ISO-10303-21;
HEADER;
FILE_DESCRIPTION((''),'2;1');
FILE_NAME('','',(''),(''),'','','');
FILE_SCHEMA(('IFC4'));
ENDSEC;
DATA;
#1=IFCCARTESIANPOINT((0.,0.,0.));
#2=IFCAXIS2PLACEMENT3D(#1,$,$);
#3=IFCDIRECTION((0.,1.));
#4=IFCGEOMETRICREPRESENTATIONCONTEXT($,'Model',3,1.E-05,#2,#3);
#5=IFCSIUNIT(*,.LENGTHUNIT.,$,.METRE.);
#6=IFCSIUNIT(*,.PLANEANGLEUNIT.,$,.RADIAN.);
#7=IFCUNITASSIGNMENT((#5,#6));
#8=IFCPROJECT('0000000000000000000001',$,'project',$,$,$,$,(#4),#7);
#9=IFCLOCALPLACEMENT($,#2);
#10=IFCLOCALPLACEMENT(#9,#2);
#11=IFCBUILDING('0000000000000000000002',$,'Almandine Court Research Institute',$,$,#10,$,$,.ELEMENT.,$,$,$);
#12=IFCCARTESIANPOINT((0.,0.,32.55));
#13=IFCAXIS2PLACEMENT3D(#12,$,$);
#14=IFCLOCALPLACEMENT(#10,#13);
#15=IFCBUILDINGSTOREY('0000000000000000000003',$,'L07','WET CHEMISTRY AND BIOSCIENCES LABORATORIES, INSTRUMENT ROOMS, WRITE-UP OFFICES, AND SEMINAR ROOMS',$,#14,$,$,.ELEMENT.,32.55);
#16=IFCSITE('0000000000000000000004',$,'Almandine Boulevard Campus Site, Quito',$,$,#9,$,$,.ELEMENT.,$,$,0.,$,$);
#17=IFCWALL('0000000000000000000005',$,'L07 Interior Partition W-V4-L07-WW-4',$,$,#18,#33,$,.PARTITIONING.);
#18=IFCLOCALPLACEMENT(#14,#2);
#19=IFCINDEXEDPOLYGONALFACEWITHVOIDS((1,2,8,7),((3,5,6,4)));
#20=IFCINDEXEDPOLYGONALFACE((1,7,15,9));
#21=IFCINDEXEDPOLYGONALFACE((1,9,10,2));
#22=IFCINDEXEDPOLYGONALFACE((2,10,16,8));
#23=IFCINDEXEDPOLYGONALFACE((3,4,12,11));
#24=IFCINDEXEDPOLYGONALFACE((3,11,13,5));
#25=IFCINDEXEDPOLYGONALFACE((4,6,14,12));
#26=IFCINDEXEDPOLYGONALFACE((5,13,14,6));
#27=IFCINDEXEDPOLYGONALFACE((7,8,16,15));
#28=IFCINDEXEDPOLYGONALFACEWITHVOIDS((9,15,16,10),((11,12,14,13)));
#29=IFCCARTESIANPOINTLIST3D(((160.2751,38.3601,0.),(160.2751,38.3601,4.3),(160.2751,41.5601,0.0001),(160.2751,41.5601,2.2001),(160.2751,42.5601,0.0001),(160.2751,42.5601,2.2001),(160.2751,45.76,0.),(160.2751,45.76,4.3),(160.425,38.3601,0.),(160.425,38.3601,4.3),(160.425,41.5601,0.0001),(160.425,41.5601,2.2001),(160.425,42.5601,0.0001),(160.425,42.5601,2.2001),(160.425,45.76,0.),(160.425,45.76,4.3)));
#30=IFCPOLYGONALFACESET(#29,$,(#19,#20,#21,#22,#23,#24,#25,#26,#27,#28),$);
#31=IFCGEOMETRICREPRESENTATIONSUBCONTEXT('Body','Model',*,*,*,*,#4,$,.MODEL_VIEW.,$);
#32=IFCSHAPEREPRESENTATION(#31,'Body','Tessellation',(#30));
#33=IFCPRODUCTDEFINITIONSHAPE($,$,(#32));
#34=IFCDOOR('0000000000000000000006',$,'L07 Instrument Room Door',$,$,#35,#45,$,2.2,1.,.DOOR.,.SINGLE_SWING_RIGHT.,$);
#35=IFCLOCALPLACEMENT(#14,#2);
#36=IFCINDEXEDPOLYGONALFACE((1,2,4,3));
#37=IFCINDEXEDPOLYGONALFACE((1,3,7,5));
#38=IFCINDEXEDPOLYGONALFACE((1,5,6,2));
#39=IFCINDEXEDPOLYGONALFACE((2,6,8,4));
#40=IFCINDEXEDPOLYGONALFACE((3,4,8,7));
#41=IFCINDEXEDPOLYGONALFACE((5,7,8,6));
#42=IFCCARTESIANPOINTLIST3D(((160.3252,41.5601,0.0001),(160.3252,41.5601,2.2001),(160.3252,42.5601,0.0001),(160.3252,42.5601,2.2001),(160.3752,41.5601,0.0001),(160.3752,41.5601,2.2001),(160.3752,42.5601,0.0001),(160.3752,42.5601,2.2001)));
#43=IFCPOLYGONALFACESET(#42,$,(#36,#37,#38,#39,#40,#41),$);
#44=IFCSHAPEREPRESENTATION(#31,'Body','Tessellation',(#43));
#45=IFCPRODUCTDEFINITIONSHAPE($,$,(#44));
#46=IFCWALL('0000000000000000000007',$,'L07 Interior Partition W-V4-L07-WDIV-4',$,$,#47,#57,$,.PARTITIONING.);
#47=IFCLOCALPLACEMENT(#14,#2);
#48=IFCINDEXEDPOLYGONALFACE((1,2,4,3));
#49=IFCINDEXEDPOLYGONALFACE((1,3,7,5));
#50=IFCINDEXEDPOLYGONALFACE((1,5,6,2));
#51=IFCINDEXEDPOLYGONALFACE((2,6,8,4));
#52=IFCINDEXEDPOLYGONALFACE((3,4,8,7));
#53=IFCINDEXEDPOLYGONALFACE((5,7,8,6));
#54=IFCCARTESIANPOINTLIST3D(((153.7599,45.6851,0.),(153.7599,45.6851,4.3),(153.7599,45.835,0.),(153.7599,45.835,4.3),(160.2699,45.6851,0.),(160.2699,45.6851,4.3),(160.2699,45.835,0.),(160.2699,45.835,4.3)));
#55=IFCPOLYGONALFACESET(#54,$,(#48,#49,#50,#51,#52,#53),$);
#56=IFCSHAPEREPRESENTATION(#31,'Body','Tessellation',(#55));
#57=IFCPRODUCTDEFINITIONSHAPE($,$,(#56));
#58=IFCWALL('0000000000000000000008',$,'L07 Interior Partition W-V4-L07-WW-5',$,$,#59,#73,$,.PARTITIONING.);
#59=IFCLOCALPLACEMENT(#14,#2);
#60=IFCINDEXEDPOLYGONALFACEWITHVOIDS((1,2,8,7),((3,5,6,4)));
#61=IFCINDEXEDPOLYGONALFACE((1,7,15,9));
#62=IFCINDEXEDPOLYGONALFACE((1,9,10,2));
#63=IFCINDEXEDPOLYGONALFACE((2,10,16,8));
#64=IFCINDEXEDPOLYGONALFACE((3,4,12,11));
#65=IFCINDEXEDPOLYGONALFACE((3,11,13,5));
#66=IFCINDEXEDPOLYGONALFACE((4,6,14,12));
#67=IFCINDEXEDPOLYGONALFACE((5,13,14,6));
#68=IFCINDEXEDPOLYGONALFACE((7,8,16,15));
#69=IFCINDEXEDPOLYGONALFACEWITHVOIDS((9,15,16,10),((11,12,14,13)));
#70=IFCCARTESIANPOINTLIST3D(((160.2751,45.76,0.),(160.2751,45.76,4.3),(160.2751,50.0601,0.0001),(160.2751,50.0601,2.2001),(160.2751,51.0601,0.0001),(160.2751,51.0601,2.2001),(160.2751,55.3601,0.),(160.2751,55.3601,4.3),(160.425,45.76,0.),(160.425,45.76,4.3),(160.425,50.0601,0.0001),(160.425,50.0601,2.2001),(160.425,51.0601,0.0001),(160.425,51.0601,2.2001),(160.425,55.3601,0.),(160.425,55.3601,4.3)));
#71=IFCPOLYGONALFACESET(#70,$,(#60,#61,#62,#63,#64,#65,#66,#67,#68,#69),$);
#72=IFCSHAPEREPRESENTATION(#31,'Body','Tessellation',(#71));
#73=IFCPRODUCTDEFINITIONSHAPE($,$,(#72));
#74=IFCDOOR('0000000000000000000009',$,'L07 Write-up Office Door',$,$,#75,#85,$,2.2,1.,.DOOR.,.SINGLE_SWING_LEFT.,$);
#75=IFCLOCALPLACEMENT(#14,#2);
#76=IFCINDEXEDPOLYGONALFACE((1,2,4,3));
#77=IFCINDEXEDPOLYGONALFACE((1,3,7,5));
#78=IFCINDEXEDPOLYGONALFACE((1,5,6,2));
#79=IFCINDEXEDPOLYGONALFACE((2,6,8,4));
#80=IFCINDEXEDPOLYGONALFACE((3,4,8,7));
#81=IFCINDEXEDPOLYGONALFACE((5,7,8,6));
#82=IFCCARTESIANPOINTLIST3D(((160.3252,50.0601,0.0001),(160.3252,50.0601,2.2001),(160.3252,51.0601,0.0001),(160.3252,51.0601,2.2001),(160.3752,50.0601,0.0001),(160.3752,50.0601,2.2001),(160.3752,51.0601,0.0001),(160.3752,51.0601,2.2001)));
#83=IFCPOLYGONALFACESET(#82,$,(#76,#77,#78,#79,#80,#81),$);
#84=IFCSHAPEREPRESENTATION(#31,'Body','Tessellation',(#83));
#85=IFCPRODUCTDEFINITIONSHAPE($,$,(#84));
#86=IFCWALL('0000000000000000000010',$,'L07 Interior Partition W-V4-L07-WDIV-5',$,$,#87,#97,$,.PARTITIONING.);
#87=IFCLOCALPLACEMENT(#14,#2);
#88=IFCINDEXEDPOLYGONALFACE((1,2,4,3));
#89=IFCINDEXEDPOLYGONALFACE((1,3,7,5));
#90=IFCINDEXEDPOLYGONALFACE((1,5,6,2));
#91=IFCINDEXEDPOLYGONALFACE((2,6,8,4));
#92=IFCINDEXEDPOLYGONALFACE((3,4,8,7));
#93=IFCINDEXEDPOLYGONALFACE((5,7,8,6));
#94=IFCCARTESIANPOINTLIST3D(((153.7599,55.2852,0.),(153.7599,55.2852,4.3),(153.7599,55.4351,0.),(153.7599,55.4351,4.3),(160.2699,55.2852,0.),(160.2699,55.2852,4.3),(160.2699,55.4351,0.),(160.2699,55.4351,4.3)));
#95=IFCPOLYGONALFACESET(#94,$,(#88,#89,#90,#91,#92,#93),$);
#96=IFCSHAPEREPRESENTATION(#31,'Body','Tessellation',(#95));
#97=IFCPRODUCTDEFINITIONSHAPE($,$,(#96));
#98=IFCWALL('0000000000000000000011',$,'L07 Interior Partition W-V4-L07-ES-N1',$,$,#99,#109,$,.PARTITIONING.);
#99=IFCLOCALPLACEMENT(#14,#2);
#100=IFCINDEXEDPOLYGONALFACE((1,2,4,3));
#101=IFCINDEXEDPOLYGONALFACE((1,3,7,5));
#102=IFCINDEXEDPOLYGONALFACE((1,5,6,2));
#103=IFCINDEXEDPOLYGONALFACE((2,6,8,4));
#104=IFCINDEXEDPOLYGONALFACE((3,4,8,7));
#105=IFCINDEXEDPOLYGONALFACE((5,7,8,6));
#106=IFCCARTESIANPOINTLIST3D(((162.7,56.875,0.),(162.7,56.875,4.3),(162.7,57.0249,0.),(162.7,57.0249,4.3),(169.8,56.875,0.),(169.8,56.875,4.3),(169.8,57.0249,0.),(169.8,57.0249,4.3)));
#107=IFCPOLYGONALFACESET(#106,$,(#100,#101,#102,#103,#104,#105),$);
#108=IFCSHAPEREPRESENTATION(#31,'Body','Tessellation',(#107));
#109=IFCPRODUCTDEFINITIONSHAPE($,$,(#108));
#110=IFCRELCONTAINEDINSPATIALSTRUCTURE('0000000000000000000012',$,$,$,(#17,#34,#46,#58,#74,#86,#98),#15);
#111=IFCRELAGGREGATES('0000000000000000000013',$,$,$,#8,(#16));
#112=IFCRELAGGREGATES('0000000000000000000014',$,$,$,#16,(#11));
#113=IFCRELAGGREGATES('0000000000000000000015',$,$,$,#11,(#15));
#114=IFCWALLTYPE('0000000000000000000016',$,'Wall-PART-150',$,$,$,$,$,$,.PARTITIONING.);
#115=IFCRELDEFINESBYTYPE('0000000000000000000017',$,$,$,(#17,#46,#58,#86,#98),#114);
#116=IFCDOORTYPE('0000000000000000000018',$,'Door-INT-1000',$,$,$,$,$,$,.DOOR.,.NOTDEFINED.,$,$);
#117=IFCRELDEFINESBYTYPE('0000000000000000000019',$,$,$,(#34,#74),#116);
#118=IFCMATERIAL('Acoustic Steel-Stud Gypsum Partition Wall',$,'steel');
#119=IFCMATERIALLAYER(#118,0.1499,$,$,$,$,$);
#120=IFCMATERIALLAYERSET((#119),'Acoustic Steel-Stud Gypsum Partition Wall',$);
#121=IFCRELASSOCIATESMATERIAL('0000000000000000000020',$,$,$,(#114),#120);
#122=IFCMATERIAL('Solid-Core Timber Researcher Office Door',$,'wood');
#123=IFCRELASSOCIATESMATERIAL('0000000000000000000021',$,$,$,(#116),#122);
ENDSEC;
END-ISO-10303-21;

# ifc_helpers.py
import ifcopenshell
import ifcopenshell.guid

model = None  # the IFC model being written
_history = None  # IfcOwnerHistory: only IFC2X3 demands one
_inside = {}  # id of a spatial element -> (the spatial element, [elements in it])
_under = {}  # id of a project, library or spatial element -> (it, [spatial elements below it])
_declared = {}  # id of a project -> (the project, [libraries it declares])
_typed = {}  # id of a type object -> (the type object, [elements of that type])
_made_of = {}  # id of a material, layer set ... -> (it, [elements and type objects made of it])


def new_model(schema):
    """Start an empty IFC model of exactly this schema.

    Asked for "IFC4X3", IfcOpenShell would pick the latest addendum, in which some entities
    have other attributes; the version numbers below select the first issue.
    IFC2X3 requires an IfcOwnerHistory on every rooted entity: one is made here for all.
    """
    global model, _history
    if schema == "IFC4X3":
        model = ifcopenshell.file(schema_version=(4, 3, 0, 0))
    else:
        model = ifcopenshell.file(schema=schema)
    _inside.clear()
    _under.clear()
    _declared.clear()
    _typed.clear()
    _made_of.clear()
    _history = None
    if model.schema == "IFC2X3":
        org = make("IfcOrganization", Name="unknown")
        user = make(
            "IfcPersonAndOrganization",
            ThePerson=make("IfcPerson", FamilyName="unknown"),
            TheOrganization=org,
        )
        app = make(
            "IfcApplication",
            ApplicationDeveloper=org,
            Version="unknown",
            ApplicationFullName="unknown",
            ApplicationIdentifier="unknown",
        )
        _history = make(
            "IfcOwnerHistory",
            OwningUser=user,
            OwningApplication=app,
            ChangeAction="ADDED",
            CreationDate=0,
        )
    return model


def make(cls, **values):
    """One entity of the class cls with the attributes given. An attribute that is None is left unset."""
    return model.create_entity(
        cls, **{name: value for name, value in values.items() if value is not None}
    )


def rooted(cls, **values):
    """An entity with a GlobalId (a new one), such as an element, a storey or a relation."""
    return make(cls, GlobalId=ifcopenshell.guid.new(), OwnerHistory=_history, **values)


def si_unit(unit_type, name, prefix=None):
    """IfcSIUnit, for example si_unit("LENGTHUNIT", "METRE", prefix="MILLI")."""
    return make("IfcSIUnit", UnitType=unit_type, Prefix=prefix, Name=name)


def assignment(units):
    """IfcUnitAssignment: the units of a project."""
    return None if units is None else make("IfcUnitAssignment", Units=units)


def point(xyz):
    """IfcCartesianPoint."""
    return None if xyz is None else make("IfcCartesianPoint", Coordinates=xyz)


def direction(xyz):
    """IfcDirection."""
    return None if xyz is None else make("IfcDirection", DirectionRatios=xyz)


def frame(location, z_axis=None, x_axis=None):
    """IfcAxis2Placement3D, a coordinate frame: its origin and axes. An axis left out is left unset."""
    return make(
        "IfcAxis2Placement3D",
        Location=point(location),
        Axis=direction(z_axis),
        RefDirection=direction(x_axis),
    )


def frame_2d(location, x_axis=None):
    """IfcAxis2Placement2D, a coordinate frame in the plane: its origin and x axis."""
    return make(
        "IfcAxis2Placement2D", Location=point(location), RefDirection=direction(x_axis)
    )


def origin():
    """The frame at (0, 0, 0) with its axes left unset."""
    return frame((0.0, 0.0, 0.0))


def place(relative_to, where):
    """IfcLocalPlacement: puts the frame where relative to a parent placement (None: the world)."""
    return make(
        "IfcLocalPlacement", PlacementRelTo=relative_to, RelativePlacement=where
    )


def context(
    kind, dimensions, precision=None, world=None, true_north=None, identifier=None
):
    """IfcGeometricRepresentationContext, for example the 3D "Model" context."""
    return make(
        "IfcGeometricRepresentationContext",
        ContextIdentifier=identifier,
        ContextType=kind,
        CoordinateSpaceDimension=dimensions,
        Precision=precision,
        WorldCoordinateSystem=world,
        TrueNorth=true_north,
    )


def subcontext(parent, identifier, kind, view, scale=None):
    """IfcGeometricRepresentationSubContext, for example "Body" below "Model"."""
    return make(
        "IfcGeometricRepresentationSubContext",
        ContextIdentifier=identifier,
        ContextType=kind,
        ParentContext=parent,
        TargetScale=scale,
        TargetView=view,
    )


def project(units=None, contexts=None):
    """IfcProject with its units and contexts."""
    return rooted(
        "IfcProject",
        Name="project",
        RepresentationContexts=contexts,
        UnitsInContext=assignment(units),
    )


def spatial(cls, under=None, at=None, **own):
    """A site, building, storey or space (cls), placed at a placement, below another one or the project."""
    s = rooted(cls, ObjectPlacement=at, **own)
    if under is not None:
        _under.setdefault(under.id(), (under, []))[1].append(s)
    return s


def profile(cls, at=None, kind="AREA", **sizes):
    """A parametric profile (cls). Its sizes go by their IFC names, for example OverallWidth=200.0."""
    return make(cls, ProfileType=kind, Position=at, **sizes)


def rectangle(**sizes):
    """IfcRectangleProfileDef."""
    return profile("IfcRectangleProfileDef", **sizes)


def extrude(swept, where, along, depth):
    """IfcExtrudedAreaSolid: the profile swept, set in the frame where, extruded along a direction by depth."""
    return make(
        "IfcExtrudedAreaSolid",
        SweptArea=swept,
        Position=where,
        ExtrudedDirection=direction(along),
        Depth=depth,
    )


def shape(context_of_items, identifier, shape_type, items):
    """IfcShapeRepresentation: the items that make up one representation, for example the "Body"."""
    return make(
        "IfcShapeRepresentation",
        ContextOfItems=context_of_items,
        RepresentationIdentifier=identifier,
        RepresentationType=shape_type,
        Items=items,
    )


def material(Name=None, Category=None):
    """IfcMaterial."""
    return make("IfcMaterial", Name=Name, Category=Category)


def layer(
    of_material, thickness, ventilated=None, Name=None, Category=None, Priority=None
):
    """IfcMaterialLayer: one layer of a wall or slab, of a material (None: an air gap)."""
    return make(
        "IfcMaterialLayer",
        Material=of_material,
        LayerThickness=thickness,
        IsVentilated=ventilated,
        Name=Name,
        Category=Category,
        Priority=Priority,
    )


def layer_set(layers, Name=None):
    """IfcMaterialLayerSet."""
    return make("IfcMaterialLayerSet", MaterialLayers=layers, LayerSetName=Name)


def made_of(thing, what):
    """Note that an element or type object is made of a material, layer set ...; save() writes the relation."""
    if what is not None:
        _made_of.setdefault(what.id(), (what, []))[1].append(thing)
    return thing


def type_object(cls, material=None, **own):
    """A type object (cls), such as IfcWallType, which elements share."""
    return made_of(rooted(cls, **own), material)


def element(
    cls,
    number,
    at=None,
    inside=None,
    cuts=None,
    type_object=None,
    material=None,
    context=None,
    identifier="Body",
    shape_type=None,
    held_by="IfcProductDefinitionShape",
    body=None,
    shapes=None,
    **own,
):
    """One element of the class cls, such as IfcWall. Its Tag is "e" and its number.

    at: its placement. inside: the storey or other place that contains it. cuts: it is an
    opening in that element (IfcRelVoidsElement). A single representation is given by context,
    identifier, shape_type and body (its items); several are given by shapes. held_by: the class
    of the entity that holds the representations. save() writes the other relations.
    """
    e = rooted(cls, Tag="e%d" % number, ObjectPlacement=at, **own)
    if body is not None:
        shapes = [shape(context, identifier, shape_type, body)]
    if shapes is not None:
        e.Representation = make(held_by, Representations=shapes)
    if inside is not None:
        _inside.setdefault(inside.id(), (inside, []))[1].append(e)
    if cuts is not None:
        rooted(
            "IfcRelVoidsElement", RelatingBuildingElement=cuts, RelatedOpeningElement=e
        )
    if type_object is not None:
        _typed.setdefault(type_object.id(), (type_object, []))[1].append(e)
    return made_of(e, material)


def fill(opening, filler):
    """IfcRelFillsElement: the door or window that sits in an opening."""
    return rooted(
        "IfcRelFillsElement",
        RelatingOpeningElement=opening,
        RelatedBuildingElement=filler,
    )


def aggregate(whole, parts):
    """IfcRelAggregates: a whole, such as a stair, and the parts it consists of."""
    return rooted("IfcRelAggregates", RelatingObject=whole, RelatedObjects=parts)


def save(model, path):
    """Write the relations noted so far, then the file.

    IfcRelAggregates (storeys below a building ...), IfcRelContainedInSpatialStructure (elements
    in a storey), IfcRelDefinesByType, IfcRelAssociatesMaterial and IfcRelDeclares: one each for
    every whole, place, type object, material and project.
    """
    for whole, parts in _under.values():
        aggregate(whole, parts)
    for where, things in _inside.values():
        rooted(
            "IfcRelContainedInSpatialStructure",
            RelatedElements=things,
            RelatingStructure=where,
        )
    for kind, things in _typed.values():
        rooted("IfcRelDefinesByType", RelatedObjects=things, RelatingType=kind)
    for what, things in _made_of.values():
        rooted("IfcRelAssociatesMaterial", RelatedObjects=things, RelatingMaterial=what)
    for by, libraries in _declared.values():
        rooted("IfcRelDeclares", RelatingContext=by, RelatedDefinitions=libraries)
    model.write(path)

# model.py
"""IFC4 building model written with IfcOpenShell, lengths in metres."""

from ifc_helpers import new_model, si_unit, direction, frame, frame_2d, origin, place, context, subcontext, project, spatial, rectangle, extrude, material, layer, layer_set, type_object, element, fill, save


model = new_model("IFC4")

# Units and contexts
model_context = context("Model", 3, precision=1e-05, world=origin(), true_north=direction((0.0, 1.0)))
body_context = subcontext(model_context, "Body", "Model", "MODEL_VIEW")
ifc_project = project(units=[si_unit("LENGTHUNIT", "METRE"), si_unit("PLANEANGLEUNIT", "RADIAN")], contexts=[model_context])

# Site, building, storey
site_placement = place(None, origin())
site = spatial("IfcSite", under=ifc_project, at=site_placement, Name="Almandine Boulevard Campus Site, Quito", CompositionType="ELEMENT", RefElevation=0.0)
building_placement = place(site_placement, origin())
building = spatial("IfcBuilding", under=site, at=building_placement, Name="Almandine Court Research Institute", CompositionType="ELEMENT")
storey_placement = place(building_placement, frame((0.0, 0.0, 32.55)))
storey = spatial("IfcBuildingStorey", under=building, at=storey_placement, Name="L07", Description="WET CHEMISTRY AND BIOSCIENCES LABORATORIES, INSTRUMENT ROOMS, WRITE-UP OFFICES, AND SEMINAR ROOMS", CompositionType="ELEMENT", Elevation=32.55)

# Shared definitions
ifc_material_1 = material(Name="Acoustic Steel-Stud Gypsum Partition Wall", Category="steel")
ifc_layer_1 = layer(ifc_material_1, 0.1499)
ifc_layer_set_1 = layer_set([ifc_layer_1], Name="Acoustic Steel-Stud Gypsum Partition Wall")
wall_type_1 = type_object("IfcWallType", Name="Wall-PART-150", PredefinedType="PARTITIONING", material=ifc_layer_set_1)

# Wall, opening, door
wall_1_placement = place(storey_placement, frame((160.3501, 38.3601, 0.0), z_axis=(0.0, 0.0, 1.0), x_axis=(0.0, 1.0, 0.0)))
wall_1 = element("IfcWall", 1, at=wall_1_placement, inside=storey, type_object=wall_type_1, Name="L07 Interior Partition W-V4-L07-WW-4", PredefinedType="PARTITIONING", context=body_context, shape_type="SweptSolid", body=[
    extrude(rectangle(XDim=7.3999, YDim=0.1499, at=frame_2d((3.7, 0.0))), origin(), (0.0, 0.0, 1.0), 4.3),
])
opening_1_placement = place(wall_1_placement, frame((3.2, 0.0, 0.0)))
opening_1 = element("IfcOpeningElement", 2, at=opening_1_placement, cuts=wall_1, PredefinedType="OPENING", context=body_context, shape_type="SweptSolid", body=[
    extrude(rectangle(XDim=1.0, YDim=2.2, at=frame_2d((0.5, 1.1001))), frame((0.0, 0.085, 0.0), z_axis=(0.0, -1.0, 0.0), x_axis=(1.0, 0.0, 0.0)), (0.0, 0.0, 1.0), 0.1699),
])
ifc_material_2 = material(Name="Solid-Core Timber Researcher Office Door", Category="wood")
door_type_1 = type_object("IfcDoorType", Name="Door-INT-1000", OperationType="NOTDEFINED", PredefinedType="DOOR", material=ifc_material_2)
door_1_placement = place(opening_1_placement, origin())
door_1 = element("IfcDoor", 3, at=door_1_placement, inside=storey, type_object=door_type_1, Name="L07 Instrument Room Door", OperationType="SINGLE_SWING_RIGHT", OverallHeight=2.2, OverallWidth=1.0, PredefinedType="DOOR", context=body_context, shape_type="SweptSolid", body=[
    extrude(rectangle(XDim=1.0, YDim=2.2, at=frame_2d((0.5, 1.1001))), frame((0.0, 0.0249, 0.0), z_axis=(0.0, -1.0, 0.0), x_axis=(1.0, 0.0, 0.0)), (0.0, 0.0, 1.0), 0.05),
])
fill(opening_1, door_1)

# Wall
wall_2_placement = place(storey_placement, frame((153.76, 45.76, 0.0), z_axis=(0.0, 0.0, 1.0), x_axis=(1.0, 0.0, 0.0)))
element("IfcWall", 4, at=wall_2_placement, inside=storey, type_object=wall_type_1, Name="L07 Interior Partition W-V4-L07-WDIV-4", PredefinedType="PARTITIONING", context=body_context, shape_type="SweptSolid", body=[
    extrude(rectangle(XDim=6.51, YDim=0.1499, at=frame_2d((3.2549, 0.0))), origin(), (0.0, 0.0, 1.0), 4.3),
])

# Wall, opening, door
wall_3_placement = place(storey_placement, frame((160.3501, 45.76, 0.0), z_axis=(0.0, 0.0, 1.0), x_axis=(0.0, 1.0, 0.0)))
wall_3 = element("IfcWall", 5, at=wall_3_placement, inside=storey, type_object=wall_type_1, Name="L07 Interior Partition W-V4-L07-WW-5", PredefinedType="PARTITIONING", context=body_context, shape_type="SweptSolid", body=[
    extrude(rectangle(XDim=9.6001, YDim=0.1499, at=frame_2d((4.8, 0.0))), origin(), (0.0, 0.0, 1.0), 4.3),
])
opening_2_placement = place(wall_3_placement, frame((4.3, 0.0, 0.0)))
opening_2 = element("IfcOpeningElement", 6, at=opening_2_placement, cuts=wall_3, PredefinedType="OPENING", context=body_context, shape_type="SweptSolid", body=[
    extrude(rectangle(XDim=1.0, YDim=2.2, at=frame_2d((0.5, 1.1001))), frame((0.0, 0.085, 0.0), z_axis=(0.0, -1.0, 0.0), x_axis=(1.0, 0.0, 0.0)), (0.0, 0.0, 1.0), 0.1699),
])
door_2_placement = place(opening_2_placement, origin())
door_2 = element("IfcDoor", 7, at=door_2_placement, inside=storey, type_object=door_type_1, Name="L07 Write-up Office Door", OperationType="SINGLE_SWING_LEFT", OverallHeight=2.2, OverallWidth=1.0, PredefinedType="DOOR", context=body_context, shape_type="SweptSolid", body=[
    extrude(rectangle(XDim=1.0, YDim=2.2, at=frame_2d((0.5, 1.1001))), frame((0.0, 0.0249, 0.0), z_axis=(0.0, -1.0, 0.0), x_axis=(1.0, 0.0, 0.0)), (0.0, 0.0, 1.0), 0.05),
])
fill(opening_2, door_2)

# Walls
wall_4_placement = place(storey_placement, frame((153.76, 55.3601, 0.0), z_axis=(0.0, 0.0, 1.0), x_axis=(1.0, 0.0, 0.0)))
element("IfcWall", 8, at=wall_4_placement, inside=storey, type_object=wall_type_1, Name="L07 Interior Partition W-V4-L07-WDIV-5", PredefinedType="PARTITIONING", context=body_context, shape_type="SweptSolid", body=[
    extrude(rectangle(XDim=6.51, YDim=0.1499, at=frame_2d((3.2549, 0.0))), origin(), (0.0, 0.0, 1.0), 4.3),
])
wall_5_placement = place(storey_placement, frame((162.7, 56.95, 0.0), z_axis=(0.0, 0.0, 1.0), x_axis=(1.0, 0.0, 0.0)))
element("IfcWall", 9, at=wall_5_placement, inside=storey, type_object=wall_type_1, Name="L07 Interior Partition W-V4-L07-ES-N1", PredefinedType="PARTITIONING", context=body_context, shape_type="SweptSolid", body=[
    extrude(rectangle(XDim=7.1001, YDim=0.1499, at=frame_2d((3.55, 0.0))), origin(), (0.0, 0.0, 1.0), 4.3),
])

save(model, "model.ifc")
